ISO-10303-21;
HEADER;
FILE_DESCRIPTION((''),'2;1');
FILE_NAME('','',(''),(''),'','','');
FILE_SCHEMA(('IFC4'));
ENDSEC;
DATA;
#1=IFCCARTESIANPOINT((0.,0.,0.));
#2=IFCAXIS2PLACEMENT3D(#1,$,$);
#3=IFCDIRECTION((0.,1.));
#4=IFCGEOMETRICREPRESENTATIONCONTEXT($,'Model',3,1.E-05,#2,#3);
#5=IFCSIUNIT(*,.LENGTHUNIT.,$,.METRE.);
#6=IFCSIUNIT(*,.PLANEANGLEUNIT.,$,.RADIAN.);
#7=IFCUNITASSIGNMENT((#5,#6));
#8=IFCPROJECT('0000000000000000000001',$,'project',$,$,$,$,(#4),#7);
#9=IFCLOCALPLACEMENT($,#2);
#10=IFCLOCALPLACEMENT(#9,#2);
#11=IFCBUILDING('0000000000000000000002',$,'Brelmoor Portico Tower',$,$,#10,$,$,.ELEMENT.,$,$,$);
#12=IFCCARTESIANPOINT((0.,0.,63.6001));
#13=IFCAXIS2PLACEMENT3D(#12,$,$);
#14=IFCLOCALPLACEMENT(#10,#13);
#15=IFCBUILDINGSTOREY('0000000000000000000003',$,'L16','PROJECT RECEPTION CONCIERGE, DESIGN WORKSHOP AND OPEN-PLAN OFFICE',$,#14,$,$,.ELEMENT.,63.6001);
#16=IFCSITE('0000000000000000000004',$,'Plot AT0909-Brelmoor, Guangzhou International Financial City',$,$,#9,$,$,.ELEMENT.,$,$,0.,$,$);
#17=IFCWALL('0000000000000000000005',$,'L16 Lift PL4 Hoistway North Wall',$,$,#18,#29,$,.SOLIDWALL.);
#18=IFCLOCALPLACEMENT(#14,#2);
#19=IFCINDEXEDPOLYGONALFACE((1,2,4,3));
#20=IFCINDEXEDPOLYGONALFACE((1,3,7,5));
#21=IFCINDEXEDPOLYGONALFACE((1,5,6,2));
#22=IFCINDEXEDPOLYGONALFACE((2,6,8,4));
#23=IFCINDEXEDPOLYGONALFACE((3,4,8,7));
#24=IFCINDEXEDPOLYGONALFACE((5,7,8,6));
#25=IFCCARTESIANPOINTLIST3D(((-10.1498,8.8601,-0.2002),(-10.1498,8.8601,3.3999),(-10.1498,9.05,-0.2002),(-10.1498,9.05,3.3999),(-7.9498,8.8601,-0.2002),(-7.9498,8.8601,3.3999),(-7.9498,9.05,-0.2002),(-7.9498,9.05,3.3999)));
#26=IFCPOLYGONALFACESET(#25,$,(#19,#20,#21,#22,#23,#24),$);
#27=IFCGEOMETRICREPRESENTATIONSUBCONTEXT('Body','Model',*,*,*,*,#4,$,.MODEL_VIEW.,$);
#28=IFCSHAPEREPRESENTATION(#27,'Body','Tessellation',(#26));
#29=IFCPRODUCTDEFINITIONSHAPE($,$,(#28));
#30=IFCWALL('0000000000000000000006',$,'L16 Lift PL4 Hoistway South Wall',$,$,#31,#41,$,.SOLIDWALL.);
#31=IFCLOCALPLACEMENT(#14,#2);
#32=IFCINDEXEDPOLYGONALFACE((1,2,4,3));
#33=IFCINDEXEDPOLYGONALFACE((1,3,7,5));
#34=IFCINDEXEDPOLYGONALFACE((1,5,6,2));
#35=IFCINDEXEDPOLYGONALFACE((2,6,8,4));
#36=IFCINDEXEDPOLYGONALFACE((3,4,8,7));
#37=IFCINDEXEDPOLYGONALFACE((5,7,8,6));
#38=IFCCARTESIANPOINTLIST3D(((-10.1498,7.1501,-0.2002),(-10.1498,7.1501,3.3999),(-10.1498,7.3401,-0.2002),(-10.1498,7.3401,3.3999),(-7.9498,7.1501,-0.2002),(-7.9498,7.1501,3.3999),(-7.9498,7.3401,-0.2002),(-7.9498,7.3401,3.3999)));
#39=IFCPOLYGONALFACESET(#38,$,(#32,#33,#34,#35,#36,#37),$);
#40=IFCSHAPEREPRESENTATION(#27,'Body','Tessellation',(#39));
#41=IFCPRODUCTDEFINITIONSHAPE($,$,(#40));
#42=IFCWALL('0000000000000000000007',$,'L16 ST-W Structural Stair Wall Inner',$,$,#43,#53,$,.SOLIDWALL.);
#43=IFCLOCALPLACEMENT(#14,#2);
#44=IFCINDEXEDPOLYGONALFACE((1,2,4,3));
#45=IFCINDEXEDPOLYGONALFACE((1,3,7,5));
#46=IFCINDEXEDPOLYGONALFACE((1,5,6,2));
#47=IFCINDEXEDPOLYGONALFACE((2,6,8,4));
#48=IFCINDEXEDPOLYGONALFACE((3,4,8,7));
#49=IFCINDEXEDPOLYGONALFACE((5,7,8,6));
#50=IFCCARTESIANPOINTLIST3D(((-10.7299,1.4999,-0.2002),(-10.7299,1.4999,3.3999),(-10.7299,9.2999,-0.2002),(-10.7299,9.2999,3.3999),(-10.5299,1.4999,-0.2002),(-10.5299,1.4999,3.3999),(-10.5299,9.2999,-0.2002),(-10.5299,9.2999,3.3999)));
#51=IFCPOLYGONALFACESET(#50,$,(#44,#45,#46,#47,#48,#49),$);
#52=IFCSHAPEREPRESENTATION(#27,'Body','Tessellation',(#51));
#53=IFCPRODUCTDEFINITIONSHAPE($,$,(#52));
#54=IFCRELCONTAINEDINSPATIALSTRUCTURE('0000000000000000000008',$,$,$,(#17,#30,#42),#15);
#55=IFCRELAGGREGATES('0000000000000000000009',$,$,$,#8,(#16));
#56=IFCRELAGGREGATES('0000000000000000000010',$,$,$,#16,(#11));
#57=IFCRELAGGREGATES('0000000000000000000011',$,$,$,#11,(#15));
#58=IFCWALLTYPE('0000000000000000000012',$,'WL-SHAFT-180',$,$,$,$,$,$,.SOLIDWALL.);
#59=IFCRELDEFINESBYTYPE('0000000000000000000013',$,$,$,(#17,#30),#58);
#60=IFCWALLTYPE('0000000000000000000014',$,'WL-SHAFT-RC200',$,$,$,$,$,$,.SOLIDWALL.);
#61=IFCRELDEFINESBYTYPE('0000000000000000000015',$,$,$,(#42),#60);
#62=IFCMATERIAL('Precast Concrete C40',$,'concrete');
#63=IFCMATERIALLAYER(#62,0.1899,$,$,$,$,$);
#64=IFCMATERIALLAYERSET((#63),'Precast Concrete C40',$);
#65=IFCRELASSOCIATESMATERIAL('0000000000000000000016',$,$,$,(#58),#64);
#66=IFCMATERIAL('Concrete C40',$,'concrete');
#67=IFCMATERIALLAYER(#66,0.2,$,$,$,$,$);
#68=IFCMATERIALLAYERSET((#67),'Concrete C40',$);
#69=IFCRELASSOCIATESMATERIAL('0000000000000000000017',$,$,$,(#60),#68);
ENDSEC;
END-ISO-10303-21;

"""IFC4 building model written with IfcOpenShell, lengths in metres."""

from ifc_helpers import new_model, si_unit, direction, frame, frame_2d, origin, place, context, subcontext, project, spatial, rectangle, extrude, material, layer, layer_set, type_object, element, save


model = new_model("IFC4")

# Units and contexts
model_context = context("Model", 3, precision=1e-05, world=origin(), true_north=direction((0.0, 1.0)))
body_context = subcontext(model_context, "Body", "Model", "MODEL_VIEW")
ifc_project = project(units=[si_unit("LENGTHUNIT", "METRE"), si_unit("PLANEANGLEUNIT", "RADIAN")], contexts=[model_context])

# Site, building, storey
site_placement = place(None, origin())
site = spatial("IfcSite", under=ifc_project, at=site_placement, Name="Plot AT0909-Brelmoor, Guangzhou International Financial City", CompositionType="ELEMENT", RefElevation=0.0)
building_placement = place(site_placement, origin())
building = spatial("IfcBuilding", under=site, at=building_placement, Name="Brelmoor Portico Tower", CompositionType="ELEMENT")
storey_placement = place(building_placement, frame((0.0, 0.0, 63.6001)))
storey = spatial("IfcBuildingStorey", under=building, at=storey_placement, Name="L16", Description="PROJECT RECEPTION CONCIERGE, DESIGN WORKSHOP AND OPEN-PLAN OFFICE", CompositionType="ELEMENT", Elevation=63.6001)

# Shared definitions
ifc_material_1 = material(Name="Precast Concrete C40", Category="concrete")
ifc_layer_1 = layer(ifc_material_1, 0.1899)
ifc_layer_set_1 = layer_set([ifc_layer_1], Name="Precast Concrete C40")
wall_type_1 = type_object("IfcWallType", Name="WL-SHAFT-180", PredefinedType="SOLIDWALL", material=ifc_layer_set_1)

# Walls
for number, where, z_axis, x_axis, name in (
    (1, (-10.1499, 8.9551, -0.2002), (0.0, 0.0, 1.0), (1.0, 0.0, 0.0), "L16 Lift PL4 Hoistway North Wall"),
    (2, (-10.1499, 7.2451, -0.2002), (0.0, 0.0, 1.0), (1.0, 0.0, 0.0), "L16 Lift PL4 Hoistway South Wall"),
):
    element("IfcWall", number, at=place(storey_placement, frame(where, z_axis=z_axis, x_axis=x_axis)), inside=storey, type_object=wall_type_1, Name=name, PredefinedType="SOLIDWALL", context=body_context, shape_type="SweptSolid", body=[
        extrude(rectangle(XDim=2.2, YDim=0.1899, at=frame_2d((1.1001, 0.0))), origin(), (0.0, 0.0, 1.0), 3.6001),
    ])
ifc_material_2 = material(Name="Concrete C40", Category="concrete")
ifc_layer_2 = layer(ifc_material_2, 0.2)
ifc_layer_set_2 = layer_set([ifc_layer_2], Name="Concrete C40")
wall_type_2 = type_object("IfcWallType", Name="WL-SHAFT-RC200", PredefinedType="SOLIDWALL", material=ifc_layer_set_2)
wall_1_placement = place(storey_placement, frame((-10.6299, 1.5, -0.2002), z_axis=(0.0, 0.0, 1.0), x_axis=(0.0, 1.0, 0.0)))
element("IfcWall", 3, at=wall_1_placement, inside=storey, type_object=wall_type_2, Name="L16 ST-W Structural Stair Wall Inner", PredefinedType="SOLIDWALL", context=body_context, shape_type="SweptSolid", body=[
    extrude(rectangle(XDim=7.8, YDim=0.2, at=frame_2d((3.8999, 0.0))), origin(), (0.0, 0.0, 1.0), 3.6001),
])

save(model, "model.ifc")
